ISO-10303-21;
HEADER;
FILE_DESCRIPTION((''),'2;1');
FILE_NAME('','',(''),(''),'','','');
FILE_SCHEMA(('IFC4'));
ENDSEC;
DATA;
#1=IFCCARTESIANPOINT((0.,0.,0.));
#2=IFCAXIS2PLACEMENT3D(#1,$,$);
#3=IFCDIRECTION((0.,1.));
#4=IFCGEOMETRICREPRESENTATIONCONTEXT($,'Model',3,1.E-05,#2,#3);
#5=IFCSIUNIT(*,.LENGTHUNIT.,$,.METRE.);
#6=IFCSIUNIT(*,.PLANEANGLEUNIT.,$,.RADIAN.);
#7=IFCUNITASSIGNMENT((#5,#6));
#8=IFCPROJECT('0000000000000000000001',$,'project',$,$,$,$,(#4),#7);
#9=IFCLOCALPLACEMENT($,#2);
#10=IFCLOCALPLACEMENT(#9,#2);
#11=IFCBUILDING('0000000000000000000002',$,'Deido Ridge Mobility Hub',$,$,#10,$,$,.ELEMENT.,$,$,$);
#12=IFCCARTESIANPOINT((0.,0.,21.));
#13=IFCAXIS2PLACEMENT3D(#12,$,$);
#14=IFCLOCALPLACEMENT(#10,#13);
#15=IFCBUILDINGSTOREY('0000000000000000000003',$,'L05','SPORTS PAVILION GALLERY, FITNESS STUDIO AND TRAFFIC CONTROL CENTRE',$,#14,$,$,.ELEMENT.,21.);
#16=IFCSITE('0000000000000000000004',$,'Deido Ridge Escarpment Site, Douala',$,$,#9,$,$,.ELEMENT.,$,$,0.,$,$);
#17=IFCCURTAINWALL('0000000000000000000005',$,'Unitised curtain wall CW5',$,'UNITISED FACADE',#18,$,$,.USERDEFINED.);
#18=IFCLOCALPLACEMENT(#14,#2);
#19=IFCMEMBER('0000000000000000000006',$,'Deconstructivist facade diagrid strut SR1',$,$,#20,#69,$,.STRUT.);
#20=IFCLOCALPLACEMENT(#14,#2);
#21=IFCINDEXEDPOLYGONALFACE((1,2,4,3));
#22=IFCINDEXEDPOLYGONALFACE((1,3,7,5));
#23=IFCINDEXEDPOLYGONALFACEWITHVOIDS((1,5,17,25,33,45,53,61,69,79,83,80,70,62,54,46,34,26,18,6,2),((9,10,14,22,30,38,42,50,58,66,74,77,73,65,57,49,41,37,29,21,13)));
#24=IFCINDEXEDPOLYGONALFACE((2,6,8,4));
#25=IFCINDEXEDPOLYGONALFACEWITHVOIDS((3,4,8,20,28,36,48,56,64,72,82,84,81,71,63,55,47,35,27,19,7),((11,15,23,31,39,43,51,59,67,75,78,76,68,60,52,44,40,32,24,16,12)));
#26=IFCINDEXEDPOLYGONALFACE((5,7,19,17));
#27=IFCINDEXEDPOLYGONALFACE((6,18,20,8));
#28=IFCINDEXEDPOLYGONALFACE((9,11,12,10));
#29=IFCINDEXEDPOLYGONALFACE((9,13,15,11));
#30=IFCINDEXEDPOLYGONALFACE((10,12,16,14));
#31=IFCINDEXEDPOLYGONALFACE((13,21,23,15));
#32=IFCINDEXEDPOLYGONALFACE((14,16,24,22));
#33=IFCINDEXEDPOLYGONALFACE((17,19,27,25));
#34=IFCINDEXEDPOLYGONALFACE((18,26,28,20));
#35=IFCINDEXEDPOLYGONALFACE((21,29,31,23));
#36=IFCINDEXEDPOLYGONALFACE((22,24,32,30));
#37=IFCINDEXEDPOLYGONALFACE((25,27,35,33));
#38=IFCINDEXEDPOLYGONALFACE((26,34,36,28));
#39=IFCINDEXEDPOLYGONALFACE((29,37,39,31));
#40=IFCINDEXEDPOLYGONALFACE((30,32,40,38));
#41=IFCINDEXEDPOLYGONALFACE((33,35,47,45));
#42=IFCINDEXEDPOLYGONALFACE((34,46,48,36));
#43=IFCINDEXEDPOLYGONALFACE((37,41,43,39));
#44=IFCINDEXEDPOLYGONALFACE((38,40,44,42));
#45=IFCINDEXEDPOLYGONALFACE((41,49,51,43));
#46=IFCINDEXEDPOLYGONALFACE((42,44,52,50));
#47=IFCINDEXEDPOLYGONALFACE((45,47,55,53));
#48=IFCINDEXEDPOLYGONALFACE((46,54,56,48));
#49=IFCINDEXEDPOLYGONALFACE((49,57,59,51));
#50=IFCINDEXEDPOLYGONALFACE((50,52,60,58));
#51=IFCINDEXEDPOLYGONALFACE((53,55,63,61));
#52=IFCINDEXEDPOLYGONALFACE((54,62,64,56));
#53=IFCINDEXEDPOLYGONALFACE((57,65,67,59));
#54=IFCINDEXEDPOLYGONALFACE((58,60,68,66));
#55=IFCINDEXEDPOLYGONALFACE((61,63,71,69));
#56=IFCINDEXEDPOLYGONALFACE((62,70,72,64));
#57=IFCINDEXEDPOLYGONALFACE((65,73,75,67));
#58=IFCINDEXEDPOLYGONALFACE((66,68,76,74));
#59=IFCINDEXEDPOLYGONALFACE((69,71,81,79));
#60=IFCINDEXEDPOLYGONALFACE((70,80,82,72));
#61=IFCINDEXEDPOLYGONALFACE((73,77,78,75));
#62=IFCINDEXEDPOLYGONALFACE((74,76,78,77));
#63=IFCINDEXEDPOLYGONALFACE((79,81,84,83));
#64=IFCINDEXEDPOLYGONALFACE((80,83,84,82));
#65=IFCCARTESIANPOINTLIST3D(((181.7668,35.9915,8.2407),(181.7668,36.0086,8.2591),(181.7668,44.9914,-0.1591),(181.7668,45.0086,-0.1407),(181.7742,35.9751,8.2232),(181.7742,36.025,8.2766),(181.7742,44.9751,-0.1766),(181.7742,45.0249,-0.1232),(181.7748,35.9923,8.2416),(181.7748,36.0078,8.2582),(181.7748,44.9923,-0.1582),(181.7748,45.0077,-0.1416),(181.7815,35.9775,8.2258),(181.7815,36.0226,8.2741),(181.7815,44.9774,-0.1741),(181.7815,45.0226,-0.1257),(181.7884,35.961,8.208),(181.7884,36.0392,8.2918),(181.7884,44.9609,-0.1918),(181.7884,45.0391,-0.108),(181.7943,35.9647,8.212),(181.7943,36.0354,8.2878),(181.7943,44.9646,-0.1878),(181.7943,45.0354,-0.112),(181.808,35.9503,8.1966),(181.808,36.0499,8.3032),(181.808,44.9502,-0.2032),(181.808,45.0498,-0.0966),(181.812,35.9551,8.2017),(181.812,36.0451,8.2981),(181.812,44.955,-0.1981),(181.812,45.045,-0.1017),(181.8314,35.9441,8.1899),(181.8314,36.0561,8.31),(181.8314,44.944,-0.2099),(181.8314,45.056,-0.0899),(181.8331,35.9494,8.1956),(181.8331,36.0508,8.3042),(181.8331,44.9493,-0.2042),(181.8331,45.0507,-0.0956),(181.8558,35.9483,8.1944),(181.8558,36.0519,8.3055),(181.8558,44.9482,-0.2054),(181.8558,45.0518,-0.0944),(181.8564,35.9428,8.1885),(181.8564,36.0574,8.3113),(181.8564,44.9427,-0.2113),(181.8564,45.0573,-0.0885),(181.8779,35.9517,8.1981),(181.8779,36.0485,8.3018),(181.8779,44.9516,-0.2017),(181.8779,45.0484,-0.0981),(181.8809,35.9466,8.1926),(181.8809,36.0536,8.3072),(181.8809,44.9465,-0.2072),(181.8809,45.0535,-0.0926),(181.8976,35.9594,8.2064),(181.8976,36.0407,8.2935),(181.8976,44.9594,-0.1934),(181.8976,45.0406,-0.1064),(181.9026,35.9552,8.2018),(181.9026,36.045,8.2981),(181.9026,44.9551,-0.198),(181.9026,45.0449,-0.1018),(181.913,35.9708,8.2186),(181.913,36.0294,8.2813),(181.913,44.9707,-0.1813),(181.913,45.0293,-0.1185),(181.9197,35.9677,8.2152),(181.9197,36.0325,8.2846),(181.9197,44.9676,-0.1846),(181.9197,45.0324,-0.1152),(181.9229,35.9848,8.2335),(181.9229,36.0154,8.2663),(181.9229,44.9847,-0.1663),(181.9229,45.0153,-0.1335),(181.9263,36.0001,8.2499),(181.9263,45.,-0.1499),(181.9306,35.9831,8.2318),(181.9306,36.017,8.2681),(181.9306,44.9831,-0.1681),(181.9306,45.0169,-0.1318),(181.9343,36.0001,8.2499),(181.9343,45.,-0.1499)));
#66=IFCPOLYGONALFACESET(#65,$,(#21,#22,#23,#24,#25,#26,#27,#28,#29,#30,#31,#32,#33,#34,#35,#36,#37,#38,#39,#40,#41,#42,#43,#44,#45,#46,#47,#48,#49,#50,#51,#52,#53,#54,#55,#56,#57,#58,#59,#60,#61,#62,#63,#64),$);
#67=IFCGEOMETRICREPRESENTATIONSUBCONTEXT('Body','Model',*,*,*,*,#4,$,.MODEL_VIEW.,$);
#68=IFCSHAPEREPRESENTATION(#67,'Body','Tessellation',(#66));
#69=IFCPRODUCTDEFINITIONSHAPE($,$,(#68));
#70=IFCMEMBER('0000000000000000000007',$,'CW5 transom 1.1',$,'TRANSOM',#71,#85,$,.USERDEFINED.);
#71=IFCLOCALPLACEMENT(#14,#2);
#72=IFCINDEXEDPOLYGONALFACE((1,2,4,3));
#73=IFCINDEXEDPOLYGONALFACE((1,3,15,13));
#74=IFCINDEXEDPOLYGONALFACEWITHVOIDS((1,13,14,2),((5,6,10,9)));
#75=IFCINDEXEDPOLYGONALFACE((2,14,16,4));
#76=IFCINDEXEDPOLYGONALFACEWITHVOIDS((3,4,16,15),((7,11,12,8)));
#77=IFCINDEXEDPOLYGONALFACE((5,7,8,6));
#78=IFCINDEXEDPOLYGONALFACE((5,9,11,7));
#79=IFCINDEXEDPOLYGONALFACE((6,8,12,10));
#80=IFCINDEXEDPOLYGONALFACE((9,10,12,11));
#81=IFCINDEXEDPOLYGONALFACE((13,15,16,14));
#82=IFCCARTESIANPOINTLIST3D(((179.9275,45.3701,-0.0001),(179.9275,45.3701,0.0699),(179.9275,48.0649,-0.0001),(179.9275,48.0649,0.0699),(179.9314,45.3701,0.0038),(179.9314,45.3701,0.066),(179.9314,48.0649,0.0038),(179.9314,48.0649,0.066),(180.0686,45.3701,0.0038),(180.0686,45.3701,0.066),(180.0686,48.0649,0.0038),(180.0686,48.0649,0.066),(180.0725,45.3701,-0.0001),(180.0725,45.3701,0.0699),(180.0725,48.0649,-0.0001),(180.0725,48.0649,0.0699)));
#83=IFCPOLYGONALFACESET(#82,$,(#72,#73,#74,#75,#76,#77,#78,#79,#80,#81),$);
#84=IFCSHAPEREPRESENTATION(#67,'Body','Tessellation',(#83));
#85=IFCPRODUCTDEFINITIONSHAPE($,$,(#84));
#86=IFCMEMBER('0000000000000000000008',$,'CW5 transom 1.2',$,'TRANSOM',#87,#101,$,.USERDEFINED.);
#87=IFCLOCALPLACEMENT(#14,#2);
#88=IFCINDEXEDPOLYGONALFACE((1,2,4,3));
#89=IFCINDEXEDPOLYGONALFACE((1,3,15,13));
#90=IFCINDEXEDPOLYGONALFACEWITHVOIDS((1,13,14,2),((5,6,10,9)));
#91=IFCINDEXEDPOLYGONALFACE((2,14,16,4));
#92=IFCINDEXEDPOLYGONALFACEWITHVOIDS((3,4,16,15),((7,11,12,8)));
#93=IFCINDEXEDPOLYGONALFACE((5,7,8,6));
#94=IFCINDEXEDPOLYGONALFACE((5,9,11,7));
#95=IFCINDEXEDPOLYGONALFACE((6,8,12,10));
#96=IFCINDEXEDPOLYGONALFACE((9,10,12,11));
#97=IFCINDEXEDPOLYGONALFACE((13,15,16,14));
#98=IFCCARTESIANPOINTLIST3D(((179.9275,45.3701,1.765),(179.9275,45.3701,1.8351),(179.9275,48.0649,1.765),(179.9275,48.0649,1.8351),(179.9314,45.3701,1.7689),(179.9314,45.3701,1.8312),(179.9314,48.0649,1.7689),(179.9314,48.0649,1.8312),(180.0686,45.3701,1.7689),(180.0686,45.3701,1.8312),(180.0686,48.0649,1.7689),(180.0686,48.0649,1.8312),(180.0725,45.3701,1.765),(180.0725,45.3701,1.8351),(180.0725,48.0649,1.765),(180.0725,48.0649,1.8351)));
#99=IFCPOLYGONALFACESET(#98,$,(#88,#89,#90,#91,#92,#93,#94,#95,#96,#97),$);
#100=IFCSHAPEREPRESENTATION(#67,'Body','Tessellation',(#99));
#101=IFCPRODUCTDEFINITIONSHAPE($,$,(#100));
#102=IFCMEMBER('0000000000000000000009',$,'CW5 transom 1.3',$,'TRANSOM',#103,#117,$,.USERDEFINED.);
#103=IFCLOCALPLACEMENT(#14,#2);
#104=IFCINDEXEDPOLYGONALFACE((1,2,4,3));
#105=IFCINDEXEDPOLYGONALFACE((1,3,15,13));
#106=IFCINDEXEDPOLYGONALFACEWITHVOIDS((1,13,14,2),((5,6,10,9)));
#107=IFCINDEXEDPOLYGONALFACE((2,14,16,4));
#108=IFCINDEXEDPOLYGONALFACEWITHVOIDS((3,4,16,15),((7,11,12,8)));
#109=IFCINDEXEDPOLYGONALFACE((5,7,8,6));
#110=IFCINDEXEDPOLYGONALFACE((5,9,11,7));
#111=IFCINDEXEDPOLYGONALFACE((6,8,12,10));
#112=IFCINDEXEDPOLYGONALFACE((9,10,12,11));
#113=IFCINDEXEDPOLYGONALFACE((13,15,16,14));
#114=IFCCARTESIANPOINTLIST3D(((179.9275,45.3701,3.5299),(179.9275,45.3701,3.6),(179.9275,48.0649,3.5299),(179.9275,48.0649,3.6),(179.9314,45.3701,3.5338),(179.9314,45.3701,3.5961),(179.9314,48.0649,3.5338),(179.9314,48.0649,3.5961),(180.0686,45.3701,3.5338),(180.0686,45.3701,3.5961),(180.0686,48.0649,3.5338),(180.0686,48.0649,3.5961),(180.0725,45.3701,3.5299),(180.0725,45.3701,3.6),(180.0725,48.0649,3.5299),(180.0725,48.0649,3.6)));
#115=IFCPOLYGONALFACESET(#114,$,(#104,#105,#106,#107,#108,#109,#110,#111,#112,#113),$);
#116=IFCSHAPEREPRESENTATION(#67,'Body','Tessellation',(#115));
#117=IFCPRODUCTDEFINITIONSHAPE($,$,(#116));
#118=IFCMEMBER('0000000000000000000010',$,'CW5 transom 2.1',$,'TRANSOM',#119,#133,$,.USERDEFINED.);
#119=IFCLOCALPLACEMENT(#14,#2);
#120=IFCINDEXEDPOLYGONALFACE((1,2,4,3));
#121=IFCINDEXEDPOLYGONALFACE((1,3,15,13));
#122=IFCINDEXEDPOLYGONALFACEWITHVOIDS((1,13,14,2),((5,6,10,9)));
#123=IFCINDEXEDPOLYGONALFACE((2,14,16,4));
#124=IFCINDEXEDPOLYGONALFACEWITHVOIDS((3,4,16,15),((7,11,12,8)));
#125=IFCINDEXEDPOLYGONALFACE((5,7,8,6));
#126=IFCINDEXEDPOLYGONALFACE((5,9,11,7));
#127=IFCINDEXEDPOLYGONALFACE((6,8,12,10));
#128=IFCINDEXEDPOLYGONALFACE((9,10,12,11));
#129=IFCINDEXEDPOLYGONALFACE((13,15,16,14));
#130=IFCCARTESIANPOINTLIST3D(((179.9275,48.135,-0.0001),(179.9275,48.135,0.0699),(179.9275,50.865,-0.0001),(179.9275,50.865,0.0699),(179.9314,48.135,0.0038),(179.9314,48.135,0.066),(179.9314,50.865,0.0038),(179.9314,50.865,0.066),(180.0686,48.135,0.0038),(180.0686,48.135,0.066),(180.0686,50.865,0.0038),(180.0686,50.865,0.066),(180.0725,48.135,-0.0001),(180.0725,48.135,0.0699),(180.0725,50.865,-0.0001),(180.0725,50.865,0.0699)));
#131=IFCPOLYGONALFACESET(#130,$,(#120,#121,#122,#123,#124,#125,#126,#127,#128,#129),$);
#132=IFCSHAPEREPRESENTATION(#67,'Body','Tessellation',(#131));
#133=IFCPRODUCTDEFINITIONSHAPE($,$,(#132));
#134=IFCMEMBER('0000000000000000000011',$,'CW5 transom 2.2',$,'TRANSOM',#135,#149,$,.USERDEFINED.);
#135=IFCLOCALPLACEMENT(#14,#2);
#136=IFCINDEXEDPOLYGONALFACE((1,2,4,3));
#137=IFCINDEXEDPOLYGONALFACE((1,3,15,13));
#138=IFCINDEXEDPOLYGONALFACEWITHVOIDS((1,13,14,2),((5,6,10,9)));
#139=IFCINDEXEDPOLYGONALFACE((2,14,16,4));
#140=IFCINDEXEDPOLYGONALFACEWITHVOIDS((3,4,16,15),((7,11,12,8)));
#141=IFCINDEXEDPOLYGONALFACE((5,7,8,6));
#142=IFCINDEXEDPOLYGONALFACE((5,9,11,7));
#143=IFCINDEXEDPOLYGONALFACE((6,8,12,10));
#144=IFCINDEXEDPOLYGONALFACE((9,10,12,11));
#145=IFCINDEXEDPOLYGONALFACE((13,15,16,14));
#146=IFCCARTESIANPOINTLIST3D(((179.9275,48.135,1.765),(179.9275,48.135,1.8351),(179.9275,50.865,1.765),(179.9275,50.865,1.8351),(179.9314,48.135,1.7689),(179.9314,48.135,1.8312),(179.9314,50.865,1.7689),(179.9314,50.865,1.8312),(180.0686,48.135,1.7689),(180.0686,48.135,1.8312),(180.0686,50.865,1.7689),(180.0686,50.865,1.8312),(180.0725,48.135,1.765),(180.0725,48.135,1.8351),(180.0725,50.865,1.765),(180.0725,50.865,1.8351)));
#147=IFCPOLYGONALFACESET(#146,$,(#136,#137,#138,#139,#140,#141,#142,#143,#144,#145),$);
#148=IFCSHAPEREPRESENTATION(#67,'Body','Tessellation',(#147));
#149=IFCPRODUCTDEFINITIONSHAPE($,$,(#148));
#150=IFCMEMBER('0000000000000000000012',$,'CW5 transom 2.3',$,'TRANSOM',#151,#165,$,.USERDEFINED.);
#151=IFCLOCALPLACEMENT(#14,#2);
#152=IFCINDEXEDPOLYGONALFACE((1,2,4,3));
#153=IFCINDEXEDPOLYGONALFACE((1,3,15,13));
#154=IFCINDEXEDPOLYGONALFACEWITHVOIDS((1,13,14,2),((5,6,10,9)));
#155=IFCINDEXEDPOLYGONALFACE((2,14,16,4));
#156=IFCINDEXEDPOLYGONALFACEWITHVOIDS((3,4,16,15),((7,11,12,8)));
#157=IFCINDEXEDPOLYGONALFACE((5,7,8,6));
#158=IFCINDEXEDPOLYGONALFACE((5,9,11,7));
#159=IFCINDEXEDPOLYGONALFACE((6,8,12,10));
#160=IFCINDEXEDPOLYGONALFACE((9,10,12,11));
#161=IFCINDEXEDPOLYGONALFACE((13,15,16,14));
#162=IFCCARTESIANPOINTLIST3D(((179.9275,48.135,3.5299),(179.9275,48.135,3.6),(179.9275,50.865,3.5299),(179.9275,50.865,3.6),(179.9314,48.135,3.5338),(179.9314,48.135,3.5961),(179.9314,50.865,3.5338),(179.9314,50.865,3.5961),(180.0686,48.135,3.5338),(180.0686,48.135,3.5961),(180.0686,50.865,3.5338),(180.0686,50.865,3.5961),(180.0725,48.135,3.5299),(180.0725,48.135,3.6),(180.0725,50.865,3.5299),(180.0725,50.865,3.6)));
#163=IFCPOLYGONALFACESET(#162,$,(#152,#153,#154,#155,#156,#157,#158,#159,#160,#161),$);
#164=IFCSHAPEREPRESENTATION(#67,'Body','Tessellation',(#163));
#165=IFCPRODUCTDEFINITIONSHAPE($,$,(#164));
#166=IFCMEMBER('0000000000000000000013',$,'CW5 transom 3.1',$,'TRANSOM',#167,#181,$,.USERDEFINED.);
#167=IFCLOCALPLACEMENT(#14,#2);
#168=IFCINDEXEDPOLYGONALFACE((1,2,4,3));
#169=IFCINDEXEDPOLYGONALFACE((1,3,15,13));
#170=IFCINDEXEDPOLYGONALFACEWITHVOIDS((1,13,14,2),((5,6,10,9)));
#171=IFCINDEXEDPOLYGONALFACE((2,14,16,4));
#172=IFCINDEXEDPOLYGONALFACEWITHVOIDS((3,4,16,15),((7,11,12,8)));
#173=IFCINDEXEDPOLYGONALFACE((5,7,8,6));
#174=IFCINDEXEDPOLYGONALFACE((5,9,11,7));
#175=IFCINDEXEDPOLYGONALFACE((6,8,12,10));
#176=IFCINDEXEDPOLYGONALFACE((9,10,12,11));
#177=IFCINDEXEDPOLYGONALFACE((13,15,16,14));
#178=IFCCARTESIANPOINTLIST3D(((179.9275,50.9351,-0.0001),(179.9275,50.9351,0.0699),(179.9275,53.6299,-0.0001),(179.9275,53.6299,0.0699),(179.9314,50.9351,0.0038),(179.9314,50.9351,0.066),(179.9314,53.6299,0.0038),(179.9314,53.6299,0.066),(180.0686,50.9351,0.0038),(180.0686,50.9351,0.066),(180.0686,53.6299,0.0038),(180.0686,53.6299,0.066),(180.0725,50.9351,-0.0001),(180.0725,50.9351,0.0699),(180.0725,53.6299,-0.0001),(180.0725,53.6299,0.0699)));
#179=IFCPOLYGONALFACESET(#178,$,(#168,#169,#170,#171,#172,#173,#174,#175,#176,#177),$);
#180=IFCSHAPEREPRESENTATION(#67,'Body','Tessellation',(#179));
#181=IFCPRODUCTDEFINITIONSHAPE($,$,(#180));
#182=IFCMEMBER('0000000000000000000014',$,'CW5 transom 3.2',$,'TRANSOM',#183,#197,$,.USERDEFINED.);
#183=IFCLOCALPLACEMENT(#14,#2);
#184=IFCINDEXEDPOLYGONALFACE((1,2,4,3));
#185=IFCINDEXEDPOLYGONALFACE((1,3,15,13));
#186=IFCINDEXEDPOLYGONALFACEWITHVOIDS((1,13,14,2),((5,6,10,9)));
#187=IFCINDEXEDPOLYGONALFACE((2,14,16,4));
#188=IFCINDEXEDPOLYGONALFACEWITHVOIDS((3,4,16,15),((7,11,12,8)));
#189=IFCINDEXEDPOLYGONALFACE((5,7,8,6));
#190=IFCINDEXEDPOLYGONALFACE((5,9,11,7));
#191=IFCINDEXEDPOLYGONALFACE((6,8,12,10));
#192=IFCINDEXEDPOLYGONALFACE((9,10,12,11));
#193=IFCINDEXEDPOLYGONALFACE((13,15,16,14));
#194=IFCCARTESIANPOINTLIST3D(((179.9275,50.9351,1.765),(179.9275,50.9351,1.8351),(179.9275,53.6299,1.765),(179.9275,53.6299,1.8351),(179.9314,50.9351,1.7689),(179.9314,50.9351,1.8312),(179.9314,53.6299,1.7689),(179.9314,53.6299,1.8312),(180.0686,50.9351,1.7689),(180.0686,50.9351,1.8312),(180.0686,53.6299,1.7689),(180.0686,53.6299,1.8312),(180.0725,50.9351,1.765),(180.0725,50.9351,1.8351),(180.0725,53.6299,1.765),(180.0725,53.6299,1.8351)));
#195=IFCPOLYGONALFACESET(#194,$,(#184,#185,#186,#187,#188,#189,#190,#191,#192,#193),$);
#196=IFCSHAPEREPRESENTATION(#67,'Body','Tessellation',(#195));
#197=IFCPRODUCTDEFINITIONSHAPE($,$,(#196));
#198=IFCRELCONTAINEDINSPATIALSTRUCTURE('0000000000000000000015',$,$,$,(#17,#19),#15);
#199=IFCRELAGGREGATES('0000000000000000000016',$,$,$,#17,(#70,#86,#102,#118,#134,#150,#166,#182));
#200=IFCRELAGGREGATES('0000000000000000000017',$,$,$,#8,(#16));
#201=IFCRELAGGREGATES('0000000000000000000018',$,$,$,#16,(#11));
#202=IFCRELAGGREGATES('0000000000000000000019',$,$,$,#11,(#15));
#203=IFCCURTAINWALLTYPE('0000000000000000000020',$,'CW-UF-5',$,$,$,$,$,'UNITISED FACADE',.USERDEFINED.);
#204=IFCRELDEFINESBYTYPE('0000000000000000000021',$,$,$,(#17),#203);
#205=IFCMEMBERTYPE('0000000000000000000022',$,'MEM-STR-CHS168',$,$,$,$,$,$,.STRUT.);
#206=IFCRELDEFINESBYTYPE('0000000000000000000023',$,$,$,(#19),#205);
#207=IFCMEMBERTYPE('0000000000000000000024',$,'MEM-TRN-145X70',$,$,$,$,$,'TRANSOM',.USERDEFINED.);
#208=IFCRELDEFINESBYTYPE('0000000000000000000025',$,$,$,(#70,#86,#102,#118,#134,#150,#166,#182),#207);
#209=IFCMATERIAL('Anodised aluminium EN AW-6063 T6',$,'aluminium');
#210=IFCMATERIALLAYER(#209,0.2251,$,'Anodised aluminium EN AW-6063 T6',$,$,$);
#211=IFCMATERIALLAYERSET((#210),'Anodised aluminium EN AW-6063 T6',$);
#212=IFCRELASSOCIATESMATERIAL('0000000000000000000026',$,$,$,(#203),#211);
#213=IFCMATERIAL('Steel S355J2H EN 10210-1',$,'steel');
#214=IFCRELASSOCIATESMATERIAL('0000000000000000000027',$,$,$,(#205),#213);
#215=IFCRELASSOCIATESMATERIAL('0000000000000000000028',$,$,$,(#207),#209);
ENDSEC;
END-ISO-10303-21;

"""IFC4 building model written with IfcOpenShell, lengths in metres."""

from ifc_helpers import new_model, si_unit, direction, frame, origin, origin_2d, place, context, subcontext, project, spatial, hollow_rectangle, hollow_circle, extrude, material, layer, layer_set, material_profile, profile_set, type_object, element, aggregate, save


model = new_model("IFC4")

# Units and contexts
model_context = context("Model", 3, precision=1e-05, world=origin(), true_north=direction((0.0, 1.0)))
body_context = subcontext(model_context, "Body", "Model", "MODEL_VIEW")
ifc_project = project(units=[si_unit("LENGTHUNIT", "METRE"), si_unit("PLANEANGLEUNIT", "RADIAN")], contexts=[model_context])

# Site, building, storey
site_placement = place(None, origin())
site = spatial("IfcSite", under=ifc_project, at=site_placement, Name="Deido Ridge Escarpment Site, Douala", CompositionType="ELEMENT", RefElevation=0.0)
building_placement = place(site_placement, origin())
building = spatial("IfcBuilding", under=site, at=building_placement, Name="Deido Ridge Mobility Hub", CompositionType="ELEMENT")
storey_placement = place(building_placement, frame((0.0, 0.0, 21.0)))
storey = spatial("IfcBuildingStorey", under=building, at=storey_placement, Name="L05", Description="SPORTS PAVILION GALLERY, FITNESS STUDIO AND TRAFFIC CONTROL CENTRE", CompositionType="ELEMENT", Elevation=21.0)

# Curtain wall
ifc_material_1 = material(Name="Anodised aluminium EN AW-6063 T6", Category="aluminium")
ifc_layer_1 = layer(ifc_material_1, 0.2251, Name="Anodised aluminium EN AW-6063 T6")
ifc_layer_set_1 = layer_set([ifc_layer_1], Name="Anodised aluminium EN AW-6063 T6")
curtain_wall_type = type_object("IfcCurtainWallType", Name="CW-UF-5", ElementType="UNITISED FACADE", PredefinedType="USERDEFINED", material=ifc_layer_set_1)
curtain_wall_placement = place(storey_placement, origin())
curtain_wall = element("IfcCurtainWall", 1, at=curtain_wall_placement, inside=storey, type_object=curtain_wall_type, Name="Unitised curtain wall CW5", ObjectType="UNITISED FACADE", PredefinedType="USERDEFINED")

# Members
ifc_material_2 = material(Name="Steel S355J2H EN 10210-1", Category="steel")
ifc_material_profile_1 = material_profile(ifc_material_2, hollow_circle(Radius=0.0842, WallThickness=0.0081, at=origin_2d()), Name="CHS 168.3x8")
ifc_profile_set_1 = profile_set([ifc_material_profile_1], Name="Steel S355J2H EN 10210-1")
member_type_1 = type_object("IfcMemberType", Name="MEM-STR-CHS168", PredefinedType="STRUT", material=ifc_profile_set_1)
member_1_placement = place(storey_placement, frame((181.8501, 45.0, -0.1499), z_axis=(0.0, -0.731059, 0.682314), x_axis=(1.0, 0.0, 0.0)))
element("IfcMember", 2, at=member_1_placement, inside=storey, type_object=member_type_1, Name="Deconstructivist facade diagrid strut SR1", PredefinedType="STRUT", context=body_context, shape_type="SweptSolid", body=[
    extrude(hollow_circle(Radius=0.0842, WallThickness=0.0081, at=origin_2d()), origin(), (0.0, 0.0, 1.0), 12.3108),
])
ifc_material_profile_2 = material_profile(ifc_material_1, hollow_rectangle(XDim=0.145, YDim=0.0701, WallThickness=0.0039, at=origin_2d()), Name="RHS 145x70x4")
ifc_profile_set_2 = profile_set([ifc_material_profile_2], Name="Anodised aluminium EN AW-6063 T6")
member_type_2 = type_object("IfcMemberType", Name="MEM-TRN-145X70", ElementType="TRANSOM", PredefinedType="USERDEFINED", material=ifc_profile_set_2)
member_2_placement = place(storey_placement, frame((180.0, 45.3701, 0.0349), z_axis=(0.0, 1.0, 0.0), x_axis=(-1.0, 0.0, 0.0)))
member_2 = element("IfcMember", 3, at=member_2_placement, type_object=member_type_2, Name="CW5 transom 1.1", ObjectType="TRANSOM", PredefinedType="USERDEFINED", context=body_context, shape_type="SweptSolid", body=[
    extrude(hollow_rectangle(XDim=0.145, YDim=0.0701, WallThickness=0.0039, at=origin_2d()), origin(), (0.0, 0.0, 1.0), 2.6948),
])
member_3_placement = place(storey_placement, frame((180.0, 45.3701, 1.8), z_axis=(0.0, 1.0, 0.0), x_axis=(-1.0, 0.0, 0.0)))
member_3 = element("IfcMember", 4, at=member_3_placement, type_object=member_type_2, Name="CW5 transom 1.2", ObjectType="TRANSOM", PredefinedType="USERDEFINED", context=body_context, shape_type="SweptSolid", body=[
    extrude(hollow_rectangle(XDim=0.145, YDim=0.0701, WallThickness=0.0039, at=origin_2d()), origin(), (0.0, 0.0, 1.0), 2.6948),
])
member_4_placement = place(storey_placement, frame((180.0, 45.3701, 3.5649), z_axis=(0.0, 1.0, 0.0), x_axis=(-1.0, 0.0, 0.0)))
member_4 = element("IfcMember", 5, at=member_4_placement, type_object=member_type_2, Name="CW5 transom 1.3", ObjectType="TRANSOM", PredefinedType="USERDEFINED", context=body_context, shape_type="SweptSolid", body=[
    extrude(hollow_rectangle(XDim=0.145, YDim=0.0701, WallThickness=0.0039, at=origin_2d()), origin(), (0.0, 0.0, 1.0), 2.6948),
])
member_5_placement = place(storey_placement, frame((180.0, 48.135, 0.0349), z_axis=(0.0, 1.0, 0.0), x_axis=(-1.0, 0.0, 0.0)))
member_5 = element("IfcMember", 6, at=member_5_placement, type_object=member_type_2, Name="CW5 transom 2.1", ObjectType="TRANSOM", PredefinedType="USERDEFINED", context=body_context, shape_type="SweptSolid", body=[
    extrude(hollow_rectangle(XDim=0.145, YDim=0.0701, WallThickness=0.0039, at=origin_2d()), origin(), (0.0, 0.0, 1.0), 2.73),
])
member_6_placement = place(storey_placement, frame((180.0, 48.135, 1.8), z_axis=(0.0, 1.0, 0.0), x_axis=(-1.0, 0.0, 0.0)))
member_6 = element("IfcMember", 7, at=member_6_placement, type_object=member_type_2, Name="CW5 transom 2.2", ObjectType="TRANSOM", PredefinedType="USERDEFINED", context=body_context, shape_type="SweptSolid", body=[
    extrude(hollow_rectangle(XDim=0.145, YDim=0.0701, WallThickness=0.0039, at=origin_2d()), origin(), (0.0, 0.0, 1.0), 2.73),
])
member_7_placement = place(storey_placement, frame((180.0, 48.135, 3.5649), z_axis=(0.0, 1.0, 0.0), x_axis=(-1.0, 0.0, 0.0)))
member_7 = element("IfcMember", 8, at=member_7_placement, type_object=member_type_2, Name="CW5 transom 2.3", ObjectType="TRANSOM", PredefinedType="USERDEFINED", context=body_context, shape_type="SweptSolid", body=[
    extrude(hollow_rectangle(XDim=0.145, YDim=0.0701, WallThickness=0.0039, at=origin_2d()), origin(), (0.0, 0.0, 1.0), 2.73),
])
member_8_placement = place(storey_placement, frame((180.0, 50.9351, 0.0349), z_axis=(0.0, 1.0, 0.0), x_axis=(-1.0, 0.0, 0.0)))
member_8 = element("IfcMember", 9, at=member_8_placement, type_object=member_type_2, Name="CW5 transom 3.1", ObjectType="TRANSOM", PredefinedType="USERDEFINED", context=body_context, shape_type="SweptSolid", body=[
    extrude(hollow_rectangle(XDim=0.145, YDim=0.0701, WallThickness=0.0039, at=origin_2d()), origin(), (0.0, 0.0, 1.0), 2.6948),
])
member_9_placement = place(storey_placement, frame((180.0, 50.9351, 1.8), z_axis=(0.0, 1.0, 0.0), x_axis=(-1.0, 0.0, 0.0)))
member_9 = element("IfcMember", 10, at=member_9_placement, type_object=member_type_2, Name="CW5 transom 3.2", ObjectType="TRANSOM", PredefinedType="USERDEFINED", context=body_context, shape_type="SweptSolid", body=[
    extrude(hollow_rectangle(XDim=0.145, YDim=0.0701, WallThickness=0.0039, at=origin_2d()), origin(), (0.0, 0.0, 1.0), 2.6948),
])

aggregate(curtain_wall, [member_2, member_3, member_4, member_5, member_6, member_7, member_8, member_9])

save(model, "model.ifc")
